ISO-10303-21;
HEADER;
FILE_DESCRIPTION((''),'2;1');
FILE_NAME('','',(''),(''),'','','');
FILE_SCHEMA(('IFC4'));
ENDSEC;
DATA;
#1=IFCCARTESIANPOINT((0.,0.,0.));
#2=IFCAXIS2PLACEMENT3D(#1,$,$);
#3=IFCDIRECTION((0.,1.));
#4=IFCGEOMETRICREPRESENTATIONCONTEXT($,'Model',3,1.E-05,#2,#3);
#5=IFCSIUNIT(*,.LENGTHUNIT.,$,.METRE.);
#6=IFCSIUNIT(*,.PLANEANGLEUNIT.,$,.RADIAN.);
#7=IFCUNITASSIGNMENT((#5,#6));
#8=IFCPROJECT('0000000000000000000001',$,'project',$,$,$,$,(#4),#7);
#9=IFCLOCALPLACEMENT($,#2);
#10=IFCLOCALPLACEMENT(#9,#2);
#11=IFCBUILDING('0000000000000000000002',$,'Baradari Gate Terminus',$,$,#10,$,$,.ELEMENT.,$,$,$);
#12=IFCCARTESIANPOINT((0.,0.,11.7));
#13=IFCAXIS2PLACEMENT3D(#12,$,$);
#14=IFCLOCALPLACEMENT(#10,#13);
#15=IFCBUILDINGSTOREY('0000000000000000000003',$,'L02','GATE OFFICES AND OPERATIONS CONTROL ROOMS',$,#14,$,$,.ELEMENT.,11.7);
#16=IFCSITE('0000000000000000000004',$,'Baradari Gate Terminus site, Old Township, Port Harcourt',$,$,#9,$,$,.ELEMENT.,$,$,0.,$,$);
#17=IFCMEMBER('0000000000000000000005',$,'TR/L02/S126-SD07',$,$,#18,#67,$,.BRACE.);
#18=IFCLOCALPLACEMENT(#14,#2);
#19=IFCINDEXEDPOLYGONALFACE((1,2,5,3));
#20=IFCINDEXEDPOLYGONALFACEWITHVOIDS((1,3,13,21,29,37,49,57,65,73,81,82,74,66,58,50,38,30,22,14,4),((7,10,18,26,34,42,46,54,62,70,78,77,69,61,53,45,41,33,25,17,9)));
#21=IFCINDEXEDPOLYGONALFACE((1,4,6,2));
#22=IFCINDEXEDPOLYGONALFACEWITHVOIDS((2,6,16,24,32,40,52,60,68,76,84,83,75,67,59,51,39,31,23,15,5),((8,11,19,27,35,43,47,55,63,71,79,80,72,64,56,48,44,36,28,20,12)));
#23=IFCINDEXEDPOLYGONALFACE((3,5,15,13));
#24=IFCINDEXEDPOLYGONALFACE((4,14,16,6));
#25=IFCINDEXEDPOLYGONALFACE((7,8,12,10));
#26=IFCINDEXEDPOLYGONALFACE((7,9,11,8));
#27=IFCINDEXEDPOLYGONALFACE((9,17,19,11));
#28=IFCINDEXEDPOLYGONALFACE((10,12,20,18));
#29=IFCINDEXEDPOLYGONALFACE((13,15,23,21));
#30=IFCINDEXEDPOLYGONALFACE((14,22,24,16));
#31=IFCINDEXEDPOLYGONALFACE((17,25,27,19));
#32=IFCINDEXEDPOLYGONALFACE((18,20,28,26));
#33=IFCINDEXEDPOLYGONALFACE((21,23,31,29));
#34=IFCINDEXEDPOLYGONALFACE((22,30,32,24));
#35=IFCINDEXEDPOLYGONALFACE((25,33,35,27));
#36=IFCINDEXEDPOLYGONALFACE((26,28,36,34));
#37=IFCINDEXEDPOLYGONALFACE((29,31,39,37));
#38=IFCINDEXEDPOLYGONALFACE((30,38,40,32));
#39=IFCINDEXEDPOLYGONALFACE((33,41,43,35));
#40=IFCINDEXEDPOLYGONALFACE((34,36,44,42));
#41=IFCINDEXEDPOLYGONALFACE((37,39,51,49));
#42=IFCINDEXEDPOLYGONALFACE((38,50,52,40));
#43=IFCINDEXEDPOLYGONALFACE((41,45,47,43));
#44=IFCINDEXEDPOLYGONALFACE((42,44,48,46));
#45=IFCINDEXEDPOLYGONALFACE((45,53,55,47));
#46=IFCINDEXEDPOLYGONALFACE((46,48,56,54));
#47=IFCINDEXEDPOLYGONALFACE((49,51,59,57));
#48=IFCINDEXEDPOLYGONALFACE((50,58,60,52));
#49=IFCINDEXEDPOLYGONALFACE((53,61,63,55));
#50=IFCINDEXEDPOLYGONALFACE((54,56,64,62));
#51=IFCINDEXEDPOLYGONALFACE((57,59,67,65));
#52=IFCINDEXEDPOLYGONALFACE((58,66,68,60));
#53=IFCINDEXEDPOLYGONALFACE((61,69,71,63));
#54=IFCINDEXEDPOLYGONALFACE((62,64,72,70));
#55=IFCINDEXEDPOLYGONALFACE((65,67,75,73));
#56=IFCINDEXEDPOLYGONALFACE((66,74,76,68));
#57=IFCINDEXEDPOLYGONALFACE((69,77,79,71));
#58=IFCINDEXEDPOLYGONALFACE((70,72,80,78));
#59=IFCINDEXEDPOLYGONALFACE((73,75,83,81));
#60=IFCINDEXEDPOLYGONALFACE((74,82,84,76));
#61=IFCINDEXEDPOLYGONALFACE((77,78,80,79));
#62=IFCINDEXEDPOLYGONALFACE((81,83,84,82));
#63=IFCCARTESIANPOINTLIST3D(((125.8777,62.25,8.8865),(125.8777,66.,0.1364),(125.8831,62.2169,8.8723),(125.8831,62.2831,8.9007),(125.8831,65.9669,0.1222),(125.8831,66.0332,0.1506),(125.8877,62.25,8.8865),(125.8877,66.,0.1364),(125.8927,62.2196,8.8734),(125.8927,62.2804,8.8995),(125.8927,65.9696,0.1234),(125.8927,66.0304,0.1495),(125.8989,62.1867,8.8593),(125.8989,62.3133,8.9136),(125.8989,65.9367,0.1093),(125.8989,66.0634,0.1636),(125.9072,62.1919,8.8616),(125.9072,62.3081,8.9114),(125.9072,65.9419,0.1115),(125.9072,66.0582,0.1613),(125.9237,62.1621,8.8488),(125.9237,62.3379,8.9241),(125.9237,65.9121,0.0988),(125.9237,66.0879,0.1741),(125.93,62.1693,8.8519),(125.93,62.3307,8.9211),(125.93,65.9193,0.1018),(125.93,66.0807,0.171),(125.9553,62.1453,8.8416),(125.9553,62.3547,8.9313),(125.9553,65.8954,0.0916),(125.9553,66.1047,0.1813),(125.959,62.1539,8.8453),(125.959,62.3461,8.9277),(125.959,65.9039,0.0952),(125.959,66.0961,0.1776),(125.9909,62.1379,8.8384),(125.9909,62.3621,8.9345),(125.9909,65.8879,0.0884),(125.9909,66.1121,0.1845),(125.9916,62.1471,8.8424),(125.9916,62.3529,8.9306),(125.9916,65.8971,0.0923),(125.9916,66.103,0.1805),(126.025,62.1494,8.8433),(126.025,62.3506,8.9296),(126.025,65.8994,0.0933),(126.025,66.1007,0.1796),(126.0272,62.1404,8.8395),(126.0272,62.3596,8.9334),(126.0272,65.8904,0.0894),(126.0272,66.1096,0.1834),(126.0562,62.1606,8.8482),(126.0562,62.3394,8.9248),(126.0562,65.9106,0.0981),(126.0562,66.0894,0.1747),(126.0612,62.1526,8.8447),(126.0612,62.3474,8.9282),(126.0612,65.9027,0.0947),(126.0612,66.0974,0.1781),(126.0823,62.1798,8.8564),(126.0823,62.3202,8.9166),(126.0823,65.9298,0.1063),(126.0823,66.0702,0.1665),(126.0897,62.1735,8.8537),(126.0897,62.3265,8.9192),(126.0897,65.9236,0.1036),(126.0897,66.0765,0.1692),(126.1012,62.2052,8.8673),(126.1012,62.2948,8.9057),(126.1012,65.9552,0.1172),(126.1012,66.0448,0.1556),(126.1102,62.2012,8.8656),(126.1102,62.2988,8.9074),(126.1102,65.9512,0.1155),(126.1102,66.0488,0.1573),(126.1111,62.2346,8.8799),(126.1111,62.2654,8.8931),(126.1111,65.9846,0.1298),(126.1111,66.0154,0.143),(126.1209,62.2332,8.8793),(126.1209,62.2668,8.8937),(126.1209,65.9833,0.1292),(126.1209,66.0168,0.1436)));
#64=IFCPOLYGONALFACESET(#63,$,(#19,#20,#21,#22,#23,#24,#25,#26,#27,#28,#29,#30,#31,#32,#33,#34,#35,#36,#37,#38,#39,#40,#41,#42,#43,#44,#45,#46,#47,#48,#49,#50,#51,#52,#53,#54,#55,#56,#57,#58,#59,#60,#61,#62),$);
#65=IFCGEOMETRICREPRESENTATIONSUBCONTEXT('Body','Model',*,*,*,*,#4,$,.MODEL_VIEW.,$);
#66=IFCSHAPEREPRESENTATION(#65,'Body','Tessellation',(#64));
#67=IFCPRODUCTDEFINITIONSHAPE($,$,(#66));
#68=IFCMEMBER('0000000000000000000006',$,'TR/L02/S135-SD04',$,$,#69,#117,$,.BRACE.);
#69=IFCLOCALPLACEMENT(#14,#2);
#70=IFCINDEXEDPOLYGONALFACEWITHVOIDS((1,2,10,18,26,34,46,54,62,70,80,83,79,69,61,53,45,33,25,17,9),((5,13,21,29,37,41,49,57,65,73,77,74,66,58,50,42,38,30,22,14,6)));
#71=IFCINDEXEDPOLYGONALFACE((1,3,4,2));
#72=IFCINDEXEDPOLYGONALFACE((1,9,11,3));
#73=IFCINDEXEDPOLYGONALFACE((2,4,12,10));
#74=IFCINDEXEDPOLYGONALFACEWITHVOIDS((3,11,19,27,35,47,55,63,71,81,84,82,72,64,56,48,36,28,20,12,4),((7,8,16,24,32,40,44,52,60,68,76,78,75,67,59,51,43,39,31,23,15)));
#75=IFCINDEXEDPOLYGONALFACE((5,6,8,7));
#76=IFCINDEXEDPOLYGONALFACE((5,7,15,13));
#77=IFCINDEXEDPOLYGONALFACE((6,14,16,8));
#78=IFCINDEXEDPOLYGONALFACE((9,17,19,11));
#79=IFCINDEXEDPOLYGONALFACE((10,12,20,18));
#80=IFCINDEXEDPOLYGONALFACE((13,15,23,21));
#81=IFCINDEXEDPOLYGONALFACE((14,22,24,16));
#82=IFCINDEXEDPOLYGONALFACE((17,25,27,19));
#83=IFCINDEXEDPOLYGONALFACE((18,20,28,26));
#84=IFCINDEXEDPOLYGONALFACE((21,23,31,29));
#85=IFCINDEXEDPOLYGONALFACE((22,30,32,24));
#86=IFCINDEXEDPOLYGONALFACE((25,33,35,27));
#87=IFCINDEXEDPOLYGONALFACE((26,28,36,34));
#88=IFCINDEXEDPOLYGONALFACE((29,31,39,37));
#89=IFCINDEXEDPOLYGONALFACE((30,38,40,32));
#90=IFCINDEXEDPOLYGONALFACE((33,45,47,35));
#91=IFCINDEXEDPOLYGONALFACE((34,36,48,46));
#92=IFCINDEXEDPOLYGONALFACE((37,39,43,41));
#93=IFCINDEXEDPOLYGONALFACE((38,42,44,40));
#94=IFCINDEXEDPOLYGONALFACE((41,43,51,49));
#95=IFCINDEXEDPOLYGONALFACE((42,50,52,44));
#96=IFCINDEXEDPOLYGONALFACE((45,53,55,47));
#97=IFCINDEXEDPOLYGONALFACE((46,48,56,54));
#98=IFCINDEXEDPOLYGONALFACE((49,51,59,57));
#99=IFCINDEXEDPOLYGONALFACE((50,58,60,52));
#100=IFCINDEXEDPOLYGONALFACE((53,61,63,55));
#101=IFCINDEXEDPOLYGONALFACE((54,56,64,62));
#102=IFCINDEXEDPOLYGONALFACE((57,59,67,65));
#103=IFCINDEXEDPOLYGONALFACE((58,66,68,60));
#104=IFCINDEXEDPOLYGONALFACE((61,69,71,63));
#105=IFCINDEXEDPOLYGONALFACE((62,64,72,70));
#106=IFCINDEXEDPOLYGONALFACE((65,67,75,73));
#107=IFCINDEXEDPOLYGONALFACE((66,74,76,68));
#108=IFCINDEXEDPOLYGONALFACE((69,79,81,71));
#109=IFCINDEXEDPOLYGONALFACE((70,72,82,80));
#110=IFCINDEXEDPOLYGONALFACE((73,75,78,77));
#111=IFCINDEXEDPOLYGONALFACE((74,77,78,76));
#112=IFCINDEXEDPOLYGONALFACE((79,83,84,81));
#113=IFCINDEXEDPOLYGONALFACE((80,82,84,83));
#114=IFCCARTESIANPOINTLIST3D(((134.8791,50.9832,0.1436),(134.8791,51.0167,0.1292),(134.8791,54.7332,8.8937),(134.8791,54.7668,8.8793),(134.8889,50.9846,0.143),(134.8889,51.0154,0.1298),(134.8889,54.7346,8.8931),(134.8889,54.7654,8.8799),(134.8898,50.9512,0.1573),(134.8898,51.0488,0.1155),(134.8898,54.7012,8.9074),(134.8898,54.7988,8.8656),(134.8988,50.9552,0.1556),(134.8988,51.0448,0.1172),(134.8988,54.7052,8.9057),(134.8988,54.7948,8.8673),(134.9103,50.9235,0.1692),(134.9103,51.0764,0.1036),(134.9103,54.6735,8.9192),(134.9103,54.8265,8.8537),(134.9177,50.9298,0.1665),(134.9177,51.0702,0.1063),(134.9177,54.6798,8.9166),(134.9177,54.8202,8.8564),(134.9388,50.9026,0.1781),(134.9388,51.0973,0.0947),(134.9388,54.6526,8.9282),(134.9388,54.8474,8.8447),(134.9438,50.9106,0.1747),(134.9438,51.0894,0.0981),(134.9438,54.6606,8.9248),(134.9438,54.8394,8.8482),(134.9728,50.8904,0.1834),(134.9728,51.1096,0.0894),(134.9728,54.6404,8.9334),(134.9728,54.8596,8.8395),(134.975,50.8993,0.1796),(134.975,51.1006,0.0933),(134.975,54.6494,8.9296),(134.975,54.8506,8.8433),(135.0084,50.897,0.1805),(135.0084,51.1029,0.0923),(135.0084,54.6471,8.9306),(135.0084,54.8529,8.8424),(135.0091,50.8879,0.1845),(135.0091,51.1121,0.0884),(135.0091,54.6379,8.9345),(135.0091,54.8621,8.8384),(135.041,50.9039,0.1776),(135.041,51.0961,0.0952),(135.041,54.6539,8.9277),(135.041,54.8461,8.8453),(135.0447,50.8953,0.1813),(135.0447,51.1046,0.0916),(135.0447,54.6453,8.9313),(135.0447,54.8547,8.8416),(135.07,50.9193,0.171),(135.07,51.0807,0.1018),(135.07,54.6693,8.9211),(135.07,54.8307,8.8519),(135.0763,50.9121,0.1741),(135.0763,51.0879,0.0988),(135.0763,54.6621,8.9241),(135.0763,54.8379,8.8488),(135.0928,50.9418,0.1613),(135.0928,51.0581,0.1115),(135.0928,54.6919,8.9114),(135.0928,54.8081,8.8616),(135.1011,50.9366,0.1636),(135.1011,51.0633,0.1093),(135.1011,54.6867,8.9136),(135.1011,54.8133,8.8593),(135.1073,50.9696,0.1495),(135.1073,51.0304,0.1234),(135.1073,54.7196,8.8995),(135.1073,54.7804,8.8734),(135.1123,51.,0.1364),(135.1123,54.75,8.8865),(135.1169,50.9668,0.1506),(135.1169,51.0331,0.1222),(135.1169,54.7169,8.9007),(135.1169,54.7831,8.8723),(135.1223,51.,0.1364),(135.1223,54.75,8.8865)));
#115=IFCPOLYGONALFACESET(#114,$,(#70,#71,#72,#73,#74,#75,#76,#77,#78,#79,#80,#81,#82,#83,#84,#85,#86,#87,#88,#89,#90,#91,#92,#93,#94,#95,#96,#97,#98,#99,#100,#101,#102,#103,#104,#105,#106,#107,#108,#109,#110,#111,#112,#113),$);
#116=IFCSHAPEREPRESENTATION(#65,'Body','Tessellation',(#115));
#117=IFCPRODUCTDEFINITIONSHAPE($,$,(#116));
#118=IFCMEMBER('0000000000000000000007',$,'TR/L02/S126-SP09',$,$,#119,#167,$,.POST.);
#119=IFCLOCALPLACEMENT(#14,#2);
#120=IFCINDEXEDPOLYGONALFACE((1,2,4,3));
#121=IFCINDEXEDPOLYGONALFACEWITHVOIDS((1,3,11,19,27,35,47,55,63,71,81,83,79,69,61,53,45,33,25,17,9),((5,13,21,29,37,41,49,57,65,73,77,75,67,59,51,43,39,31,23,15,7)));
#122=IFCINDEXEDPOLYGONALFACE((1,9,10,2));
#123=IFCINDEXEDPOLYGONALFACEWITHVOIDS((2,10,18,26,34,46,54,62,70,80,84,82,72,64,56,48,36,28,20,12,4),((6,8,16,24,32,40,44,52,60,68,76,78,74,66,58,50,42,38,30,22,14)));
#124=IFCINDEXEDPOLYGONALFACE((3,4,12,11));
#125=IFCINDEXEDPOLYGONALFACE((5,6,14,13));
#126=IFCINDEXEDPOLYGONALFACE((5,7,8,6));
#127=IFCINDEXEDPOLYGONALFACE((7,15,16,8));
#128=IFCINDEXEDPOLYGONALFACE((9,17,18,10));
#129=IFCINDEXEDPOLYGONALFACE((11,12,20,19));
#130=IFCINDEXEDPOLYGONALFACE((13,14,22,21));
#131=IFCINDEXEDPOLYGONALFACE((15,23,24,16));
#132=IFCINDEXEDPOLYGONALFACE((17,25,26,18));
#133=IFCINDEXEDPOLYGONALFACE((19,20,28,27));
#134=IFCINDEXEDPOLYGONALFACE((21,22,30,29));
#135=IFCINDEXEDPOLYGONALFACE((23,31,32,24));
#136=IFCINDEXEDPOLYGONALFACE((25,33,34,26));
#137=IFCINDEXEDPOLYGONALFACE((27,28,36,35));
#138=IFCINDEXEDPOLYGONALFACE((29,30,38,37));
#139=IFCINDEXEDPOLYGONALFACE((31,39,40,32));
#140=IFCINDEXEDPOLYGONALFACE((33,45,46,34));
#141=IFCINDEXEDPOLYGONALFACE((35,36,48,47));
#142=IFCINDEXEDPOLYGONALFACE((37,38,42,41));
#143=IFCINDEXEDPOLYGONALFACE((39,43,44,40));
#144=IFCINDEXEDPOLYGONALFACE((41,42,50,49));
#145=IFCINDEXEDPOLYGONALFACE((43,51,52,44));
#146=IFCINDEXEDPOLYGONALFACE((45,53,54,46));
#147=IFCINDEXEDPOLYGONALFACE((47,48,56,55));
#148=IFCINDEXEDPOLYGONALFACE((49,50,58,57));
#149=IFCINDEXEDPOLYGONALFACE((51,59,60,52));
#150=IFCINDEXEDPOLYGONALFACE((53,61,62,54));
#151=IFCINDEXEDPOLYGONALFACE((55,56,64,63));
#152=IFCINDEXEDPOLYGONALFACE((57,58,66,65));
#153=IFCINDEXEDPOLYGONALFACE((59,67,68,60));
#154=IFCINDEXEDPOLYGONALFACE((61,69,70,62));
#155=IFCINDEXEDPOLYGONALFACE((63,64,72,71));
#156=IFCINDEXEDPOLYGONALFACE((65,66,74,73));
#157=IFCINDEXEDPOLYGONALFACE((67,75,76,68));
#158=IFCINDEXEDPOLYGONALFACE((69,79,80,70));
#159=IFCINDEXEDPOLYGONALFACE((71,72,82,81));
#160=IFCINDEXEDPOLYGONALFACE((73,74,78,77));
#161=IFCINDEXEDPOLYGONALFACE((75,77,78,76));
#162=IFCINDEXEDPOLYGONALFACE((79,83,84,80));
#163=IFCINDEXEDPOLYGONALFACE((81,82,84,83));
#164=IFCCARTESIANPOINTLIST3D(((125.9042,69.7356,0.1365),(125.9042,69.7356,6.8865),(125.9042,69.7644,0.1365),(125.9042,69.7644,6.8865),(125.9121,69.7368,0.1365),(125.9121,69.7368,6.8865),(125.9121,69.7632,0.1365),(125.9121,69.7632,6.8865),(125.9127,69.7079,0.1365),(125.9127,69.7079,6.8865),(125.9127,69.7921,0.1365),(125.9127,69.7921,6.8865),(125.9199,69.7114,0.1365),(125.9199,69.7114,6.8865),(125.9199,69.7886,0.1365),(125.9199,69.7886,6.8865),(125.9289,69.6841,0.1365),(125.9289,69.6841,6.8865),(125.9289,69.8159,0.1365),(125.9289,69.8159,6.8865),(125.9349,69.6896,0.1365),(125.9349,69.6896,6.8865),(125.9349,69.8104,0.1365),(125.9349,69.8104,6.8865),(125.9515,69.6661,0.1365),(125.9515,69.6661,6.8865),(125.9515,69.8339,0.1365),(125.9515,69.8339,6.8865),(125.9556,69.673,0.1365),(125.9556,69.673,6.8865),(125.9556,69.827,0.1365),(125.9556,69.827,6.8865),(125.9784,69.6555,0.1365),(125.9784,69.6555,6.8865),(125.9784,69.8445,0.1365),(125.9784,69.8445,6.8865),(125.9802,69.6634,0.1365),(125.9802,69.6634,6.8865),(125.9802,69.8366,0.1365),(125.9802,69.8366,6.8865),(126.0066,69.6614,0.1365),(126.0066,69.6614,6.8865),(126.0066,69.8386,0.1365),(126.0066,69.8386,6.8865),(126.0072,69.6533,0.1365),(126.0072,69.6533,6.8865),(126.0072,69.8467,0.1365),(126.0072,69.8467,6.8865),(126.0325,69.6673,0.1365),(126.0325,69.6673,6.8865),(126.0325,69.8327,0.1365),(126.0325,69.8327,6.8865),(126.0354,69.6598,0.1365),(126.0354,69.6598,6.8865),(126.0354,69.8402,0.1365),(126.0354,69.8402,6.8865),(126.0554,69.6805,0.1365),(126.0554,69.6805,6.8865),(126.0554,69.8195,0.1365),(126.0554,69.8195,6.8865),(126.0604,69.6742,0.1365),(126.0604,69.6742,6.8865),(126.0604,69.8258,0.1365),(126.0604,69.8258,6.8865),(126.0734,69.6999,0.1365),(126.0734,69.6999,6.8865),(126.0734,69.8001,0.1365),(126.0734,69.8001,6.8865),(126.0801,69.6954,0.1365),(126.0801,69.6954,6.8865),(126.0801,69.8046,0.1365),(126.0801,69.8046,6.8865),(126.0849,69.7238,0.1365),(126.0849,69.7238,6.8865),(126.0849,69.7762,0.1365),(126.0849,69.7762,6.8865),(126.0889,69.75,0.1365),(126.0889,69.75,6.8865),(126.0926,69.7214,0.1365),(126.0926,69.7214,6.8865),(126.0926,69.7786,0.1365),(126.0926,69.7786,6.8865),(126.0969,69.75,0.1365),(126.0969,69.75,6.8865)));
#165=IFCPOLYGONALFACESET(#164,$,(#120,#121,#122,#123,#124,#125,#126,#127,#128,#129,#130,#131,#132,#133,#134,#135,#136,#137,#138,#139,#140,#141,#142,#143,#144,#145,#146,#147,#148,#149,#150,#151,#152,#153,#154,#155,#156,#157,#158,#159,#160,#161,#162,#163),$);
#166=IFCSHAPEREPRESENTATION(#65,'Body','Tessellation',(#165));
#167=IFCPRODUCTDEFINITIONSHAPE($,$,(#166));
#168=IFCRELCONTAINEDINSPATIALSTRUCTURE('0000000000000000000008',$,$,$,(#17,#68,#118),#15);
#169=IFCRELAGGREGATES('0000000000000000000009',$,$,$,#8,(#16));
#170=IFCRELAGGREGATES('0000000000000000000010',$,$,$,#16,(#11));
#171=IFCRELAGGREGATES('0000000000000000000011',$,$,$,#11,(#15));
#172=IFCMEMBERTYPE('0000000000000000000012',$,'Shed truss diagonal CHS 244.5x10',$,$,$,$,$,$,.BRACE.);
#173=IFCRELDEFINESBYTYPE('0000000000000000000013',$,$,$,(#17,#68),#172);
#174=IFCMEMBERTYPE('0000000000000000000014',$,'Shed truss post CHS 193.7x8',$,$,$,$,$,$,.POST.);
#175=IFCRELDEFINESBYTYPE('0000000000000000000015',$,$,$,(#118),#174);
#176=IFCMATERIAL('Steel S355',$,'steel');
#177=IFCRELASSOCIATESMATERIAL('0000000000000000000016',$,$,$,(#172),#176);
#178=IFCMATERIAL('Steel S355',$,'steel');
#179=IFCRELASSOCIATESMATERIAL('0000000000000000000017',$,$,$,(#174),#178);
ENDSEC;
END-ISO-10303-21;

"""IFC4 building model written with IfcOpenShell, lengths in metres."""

from ifc_helpers import new_model, si_unit, direction, frame, origin, origin_2d, place, context, subcontext, project, spatial, hollow_circle, extrude, material, material_profile, profile_set, type_object, element, save


model = new_model("IFC4")

# Units and contexts
model_context = context("Model", 3, precision=1e-05, world=origin(), true_north=direction((0.0, 1.0)))
body_context = subcontext(model_context, "Body", "Model", "MODEL_VIEW")
ifc_project = project(units=[si_unit("LENGTHUNIT", "METRE"), si_unit("PLANEANGLEUNIT", "RADIAN")], contexts=[model_context])

# Site, building, storey
site_placement = place(None, origin())
site = spatial("IfcSite", under=ifc_project, at=site_placement, Name="Baradari Gate Terminus site, Old Township, Port Harcourt", CompositionType="ELEMENT", RefElevation=0.0)
building_placement = place(site_placement, origin())
building = spatial("IfcBuilding", under=site, at=building_placement, Name="Baradari Gate Terminus", CompositionType="ELEMENT")
storey_placement = place(building_placement, frame((0.0, 0.0, 11.7)))
storey = spatial("IfcBuildingStorey", under=building, at=storey_placement, Name="L02", Description="GATE OFFICES AND OPERATIONS CONTROL ROOMS", CompositionType="ELEMENT", Elevation=11.7)

# Members
ifc_material_1 = material(Name="Steel S355", Category="steel")
ifc_material_profile_1 = material_profile(ifc_material_1, hollow_circle(Radius=0.1223, WallThickness=0.01, at=origin_2d()), Name="CHS 244.5x10")
ifc_profile_set_1 = profile_set([ifc_material_profile_1], Name="Steel S355")
member_type_1 = type_object("IfcMemberType", Name="Shed truss diagonal CHS 244.5x10", PredefinedType="BRACE", material=ifc_profile_set_1)
for number, where, z_axis, x_axis, name in (
    (1, (126.0, 62.25, 8.8865), (0.0, 0.393919, -0.919145), (-1.0, 0.0, 0.0), "TR/L02/S126-SD07"),
    (2, (135.0, 54.75, 8.8865), (0.0, -0.393919, -0.919145), (1.0, 0.0, 0.0), "TR/L02/S135-SD04"),
):
    element("IfcMember", number, at=place(storey_placement, frame(where, z_axis=z_axis, x_axis=x_axis)), inside=storey, type_object=member_type_1, Name=name, PredefinedType="BRACE", context=body_context, shape_type="SweptSolid", body=[
        extrude(hollow_circle(Radius=0.1223, WallThickness=0.01, at=origin_2d()), origin(), (0.0, 0.0, 1.0), 9.5198),
    ])
ifc_material_2 = material(Name="Steel S355", Category="steel")
ifc_material_profile_2 = material_profile(ifc_material_2, hollow_circle(Radius=0.0969, WallThickness=0.0081, at=origin_2d()), Name="CHS 193.7x8")
ifc_profile_set_2 = profile_set([ifc_material_profile_2], Name="Steel S355")
member_type_2 = type_object("IfcMemberType", Name="Shed truss post CHS 193.7x8", PredefinedType="POST", material=ifc_profile_set_2)
member_1_placement = place(storey_placement, frame((126.0, 69.75, 0.1365), z_axis=(0.0, 0.0, 1.0), x_axis=(1.0, 0.0, 0.0)))
element("IfcMember", 3, at=member_1_placement, inside=storey, type_object=member_type_2, Name="TR/L02/S126-SP09", PredefinedType="POST", context=body_context, shape_type="SweptSolid", body=[
    extrude(hollow_circle(Radius=0.0969, WallThickness=0.0081, at=origin_2d()), origin(), (0.0, 0.0, 1.0), 6.75),
])

save(model, "model.ifc")
